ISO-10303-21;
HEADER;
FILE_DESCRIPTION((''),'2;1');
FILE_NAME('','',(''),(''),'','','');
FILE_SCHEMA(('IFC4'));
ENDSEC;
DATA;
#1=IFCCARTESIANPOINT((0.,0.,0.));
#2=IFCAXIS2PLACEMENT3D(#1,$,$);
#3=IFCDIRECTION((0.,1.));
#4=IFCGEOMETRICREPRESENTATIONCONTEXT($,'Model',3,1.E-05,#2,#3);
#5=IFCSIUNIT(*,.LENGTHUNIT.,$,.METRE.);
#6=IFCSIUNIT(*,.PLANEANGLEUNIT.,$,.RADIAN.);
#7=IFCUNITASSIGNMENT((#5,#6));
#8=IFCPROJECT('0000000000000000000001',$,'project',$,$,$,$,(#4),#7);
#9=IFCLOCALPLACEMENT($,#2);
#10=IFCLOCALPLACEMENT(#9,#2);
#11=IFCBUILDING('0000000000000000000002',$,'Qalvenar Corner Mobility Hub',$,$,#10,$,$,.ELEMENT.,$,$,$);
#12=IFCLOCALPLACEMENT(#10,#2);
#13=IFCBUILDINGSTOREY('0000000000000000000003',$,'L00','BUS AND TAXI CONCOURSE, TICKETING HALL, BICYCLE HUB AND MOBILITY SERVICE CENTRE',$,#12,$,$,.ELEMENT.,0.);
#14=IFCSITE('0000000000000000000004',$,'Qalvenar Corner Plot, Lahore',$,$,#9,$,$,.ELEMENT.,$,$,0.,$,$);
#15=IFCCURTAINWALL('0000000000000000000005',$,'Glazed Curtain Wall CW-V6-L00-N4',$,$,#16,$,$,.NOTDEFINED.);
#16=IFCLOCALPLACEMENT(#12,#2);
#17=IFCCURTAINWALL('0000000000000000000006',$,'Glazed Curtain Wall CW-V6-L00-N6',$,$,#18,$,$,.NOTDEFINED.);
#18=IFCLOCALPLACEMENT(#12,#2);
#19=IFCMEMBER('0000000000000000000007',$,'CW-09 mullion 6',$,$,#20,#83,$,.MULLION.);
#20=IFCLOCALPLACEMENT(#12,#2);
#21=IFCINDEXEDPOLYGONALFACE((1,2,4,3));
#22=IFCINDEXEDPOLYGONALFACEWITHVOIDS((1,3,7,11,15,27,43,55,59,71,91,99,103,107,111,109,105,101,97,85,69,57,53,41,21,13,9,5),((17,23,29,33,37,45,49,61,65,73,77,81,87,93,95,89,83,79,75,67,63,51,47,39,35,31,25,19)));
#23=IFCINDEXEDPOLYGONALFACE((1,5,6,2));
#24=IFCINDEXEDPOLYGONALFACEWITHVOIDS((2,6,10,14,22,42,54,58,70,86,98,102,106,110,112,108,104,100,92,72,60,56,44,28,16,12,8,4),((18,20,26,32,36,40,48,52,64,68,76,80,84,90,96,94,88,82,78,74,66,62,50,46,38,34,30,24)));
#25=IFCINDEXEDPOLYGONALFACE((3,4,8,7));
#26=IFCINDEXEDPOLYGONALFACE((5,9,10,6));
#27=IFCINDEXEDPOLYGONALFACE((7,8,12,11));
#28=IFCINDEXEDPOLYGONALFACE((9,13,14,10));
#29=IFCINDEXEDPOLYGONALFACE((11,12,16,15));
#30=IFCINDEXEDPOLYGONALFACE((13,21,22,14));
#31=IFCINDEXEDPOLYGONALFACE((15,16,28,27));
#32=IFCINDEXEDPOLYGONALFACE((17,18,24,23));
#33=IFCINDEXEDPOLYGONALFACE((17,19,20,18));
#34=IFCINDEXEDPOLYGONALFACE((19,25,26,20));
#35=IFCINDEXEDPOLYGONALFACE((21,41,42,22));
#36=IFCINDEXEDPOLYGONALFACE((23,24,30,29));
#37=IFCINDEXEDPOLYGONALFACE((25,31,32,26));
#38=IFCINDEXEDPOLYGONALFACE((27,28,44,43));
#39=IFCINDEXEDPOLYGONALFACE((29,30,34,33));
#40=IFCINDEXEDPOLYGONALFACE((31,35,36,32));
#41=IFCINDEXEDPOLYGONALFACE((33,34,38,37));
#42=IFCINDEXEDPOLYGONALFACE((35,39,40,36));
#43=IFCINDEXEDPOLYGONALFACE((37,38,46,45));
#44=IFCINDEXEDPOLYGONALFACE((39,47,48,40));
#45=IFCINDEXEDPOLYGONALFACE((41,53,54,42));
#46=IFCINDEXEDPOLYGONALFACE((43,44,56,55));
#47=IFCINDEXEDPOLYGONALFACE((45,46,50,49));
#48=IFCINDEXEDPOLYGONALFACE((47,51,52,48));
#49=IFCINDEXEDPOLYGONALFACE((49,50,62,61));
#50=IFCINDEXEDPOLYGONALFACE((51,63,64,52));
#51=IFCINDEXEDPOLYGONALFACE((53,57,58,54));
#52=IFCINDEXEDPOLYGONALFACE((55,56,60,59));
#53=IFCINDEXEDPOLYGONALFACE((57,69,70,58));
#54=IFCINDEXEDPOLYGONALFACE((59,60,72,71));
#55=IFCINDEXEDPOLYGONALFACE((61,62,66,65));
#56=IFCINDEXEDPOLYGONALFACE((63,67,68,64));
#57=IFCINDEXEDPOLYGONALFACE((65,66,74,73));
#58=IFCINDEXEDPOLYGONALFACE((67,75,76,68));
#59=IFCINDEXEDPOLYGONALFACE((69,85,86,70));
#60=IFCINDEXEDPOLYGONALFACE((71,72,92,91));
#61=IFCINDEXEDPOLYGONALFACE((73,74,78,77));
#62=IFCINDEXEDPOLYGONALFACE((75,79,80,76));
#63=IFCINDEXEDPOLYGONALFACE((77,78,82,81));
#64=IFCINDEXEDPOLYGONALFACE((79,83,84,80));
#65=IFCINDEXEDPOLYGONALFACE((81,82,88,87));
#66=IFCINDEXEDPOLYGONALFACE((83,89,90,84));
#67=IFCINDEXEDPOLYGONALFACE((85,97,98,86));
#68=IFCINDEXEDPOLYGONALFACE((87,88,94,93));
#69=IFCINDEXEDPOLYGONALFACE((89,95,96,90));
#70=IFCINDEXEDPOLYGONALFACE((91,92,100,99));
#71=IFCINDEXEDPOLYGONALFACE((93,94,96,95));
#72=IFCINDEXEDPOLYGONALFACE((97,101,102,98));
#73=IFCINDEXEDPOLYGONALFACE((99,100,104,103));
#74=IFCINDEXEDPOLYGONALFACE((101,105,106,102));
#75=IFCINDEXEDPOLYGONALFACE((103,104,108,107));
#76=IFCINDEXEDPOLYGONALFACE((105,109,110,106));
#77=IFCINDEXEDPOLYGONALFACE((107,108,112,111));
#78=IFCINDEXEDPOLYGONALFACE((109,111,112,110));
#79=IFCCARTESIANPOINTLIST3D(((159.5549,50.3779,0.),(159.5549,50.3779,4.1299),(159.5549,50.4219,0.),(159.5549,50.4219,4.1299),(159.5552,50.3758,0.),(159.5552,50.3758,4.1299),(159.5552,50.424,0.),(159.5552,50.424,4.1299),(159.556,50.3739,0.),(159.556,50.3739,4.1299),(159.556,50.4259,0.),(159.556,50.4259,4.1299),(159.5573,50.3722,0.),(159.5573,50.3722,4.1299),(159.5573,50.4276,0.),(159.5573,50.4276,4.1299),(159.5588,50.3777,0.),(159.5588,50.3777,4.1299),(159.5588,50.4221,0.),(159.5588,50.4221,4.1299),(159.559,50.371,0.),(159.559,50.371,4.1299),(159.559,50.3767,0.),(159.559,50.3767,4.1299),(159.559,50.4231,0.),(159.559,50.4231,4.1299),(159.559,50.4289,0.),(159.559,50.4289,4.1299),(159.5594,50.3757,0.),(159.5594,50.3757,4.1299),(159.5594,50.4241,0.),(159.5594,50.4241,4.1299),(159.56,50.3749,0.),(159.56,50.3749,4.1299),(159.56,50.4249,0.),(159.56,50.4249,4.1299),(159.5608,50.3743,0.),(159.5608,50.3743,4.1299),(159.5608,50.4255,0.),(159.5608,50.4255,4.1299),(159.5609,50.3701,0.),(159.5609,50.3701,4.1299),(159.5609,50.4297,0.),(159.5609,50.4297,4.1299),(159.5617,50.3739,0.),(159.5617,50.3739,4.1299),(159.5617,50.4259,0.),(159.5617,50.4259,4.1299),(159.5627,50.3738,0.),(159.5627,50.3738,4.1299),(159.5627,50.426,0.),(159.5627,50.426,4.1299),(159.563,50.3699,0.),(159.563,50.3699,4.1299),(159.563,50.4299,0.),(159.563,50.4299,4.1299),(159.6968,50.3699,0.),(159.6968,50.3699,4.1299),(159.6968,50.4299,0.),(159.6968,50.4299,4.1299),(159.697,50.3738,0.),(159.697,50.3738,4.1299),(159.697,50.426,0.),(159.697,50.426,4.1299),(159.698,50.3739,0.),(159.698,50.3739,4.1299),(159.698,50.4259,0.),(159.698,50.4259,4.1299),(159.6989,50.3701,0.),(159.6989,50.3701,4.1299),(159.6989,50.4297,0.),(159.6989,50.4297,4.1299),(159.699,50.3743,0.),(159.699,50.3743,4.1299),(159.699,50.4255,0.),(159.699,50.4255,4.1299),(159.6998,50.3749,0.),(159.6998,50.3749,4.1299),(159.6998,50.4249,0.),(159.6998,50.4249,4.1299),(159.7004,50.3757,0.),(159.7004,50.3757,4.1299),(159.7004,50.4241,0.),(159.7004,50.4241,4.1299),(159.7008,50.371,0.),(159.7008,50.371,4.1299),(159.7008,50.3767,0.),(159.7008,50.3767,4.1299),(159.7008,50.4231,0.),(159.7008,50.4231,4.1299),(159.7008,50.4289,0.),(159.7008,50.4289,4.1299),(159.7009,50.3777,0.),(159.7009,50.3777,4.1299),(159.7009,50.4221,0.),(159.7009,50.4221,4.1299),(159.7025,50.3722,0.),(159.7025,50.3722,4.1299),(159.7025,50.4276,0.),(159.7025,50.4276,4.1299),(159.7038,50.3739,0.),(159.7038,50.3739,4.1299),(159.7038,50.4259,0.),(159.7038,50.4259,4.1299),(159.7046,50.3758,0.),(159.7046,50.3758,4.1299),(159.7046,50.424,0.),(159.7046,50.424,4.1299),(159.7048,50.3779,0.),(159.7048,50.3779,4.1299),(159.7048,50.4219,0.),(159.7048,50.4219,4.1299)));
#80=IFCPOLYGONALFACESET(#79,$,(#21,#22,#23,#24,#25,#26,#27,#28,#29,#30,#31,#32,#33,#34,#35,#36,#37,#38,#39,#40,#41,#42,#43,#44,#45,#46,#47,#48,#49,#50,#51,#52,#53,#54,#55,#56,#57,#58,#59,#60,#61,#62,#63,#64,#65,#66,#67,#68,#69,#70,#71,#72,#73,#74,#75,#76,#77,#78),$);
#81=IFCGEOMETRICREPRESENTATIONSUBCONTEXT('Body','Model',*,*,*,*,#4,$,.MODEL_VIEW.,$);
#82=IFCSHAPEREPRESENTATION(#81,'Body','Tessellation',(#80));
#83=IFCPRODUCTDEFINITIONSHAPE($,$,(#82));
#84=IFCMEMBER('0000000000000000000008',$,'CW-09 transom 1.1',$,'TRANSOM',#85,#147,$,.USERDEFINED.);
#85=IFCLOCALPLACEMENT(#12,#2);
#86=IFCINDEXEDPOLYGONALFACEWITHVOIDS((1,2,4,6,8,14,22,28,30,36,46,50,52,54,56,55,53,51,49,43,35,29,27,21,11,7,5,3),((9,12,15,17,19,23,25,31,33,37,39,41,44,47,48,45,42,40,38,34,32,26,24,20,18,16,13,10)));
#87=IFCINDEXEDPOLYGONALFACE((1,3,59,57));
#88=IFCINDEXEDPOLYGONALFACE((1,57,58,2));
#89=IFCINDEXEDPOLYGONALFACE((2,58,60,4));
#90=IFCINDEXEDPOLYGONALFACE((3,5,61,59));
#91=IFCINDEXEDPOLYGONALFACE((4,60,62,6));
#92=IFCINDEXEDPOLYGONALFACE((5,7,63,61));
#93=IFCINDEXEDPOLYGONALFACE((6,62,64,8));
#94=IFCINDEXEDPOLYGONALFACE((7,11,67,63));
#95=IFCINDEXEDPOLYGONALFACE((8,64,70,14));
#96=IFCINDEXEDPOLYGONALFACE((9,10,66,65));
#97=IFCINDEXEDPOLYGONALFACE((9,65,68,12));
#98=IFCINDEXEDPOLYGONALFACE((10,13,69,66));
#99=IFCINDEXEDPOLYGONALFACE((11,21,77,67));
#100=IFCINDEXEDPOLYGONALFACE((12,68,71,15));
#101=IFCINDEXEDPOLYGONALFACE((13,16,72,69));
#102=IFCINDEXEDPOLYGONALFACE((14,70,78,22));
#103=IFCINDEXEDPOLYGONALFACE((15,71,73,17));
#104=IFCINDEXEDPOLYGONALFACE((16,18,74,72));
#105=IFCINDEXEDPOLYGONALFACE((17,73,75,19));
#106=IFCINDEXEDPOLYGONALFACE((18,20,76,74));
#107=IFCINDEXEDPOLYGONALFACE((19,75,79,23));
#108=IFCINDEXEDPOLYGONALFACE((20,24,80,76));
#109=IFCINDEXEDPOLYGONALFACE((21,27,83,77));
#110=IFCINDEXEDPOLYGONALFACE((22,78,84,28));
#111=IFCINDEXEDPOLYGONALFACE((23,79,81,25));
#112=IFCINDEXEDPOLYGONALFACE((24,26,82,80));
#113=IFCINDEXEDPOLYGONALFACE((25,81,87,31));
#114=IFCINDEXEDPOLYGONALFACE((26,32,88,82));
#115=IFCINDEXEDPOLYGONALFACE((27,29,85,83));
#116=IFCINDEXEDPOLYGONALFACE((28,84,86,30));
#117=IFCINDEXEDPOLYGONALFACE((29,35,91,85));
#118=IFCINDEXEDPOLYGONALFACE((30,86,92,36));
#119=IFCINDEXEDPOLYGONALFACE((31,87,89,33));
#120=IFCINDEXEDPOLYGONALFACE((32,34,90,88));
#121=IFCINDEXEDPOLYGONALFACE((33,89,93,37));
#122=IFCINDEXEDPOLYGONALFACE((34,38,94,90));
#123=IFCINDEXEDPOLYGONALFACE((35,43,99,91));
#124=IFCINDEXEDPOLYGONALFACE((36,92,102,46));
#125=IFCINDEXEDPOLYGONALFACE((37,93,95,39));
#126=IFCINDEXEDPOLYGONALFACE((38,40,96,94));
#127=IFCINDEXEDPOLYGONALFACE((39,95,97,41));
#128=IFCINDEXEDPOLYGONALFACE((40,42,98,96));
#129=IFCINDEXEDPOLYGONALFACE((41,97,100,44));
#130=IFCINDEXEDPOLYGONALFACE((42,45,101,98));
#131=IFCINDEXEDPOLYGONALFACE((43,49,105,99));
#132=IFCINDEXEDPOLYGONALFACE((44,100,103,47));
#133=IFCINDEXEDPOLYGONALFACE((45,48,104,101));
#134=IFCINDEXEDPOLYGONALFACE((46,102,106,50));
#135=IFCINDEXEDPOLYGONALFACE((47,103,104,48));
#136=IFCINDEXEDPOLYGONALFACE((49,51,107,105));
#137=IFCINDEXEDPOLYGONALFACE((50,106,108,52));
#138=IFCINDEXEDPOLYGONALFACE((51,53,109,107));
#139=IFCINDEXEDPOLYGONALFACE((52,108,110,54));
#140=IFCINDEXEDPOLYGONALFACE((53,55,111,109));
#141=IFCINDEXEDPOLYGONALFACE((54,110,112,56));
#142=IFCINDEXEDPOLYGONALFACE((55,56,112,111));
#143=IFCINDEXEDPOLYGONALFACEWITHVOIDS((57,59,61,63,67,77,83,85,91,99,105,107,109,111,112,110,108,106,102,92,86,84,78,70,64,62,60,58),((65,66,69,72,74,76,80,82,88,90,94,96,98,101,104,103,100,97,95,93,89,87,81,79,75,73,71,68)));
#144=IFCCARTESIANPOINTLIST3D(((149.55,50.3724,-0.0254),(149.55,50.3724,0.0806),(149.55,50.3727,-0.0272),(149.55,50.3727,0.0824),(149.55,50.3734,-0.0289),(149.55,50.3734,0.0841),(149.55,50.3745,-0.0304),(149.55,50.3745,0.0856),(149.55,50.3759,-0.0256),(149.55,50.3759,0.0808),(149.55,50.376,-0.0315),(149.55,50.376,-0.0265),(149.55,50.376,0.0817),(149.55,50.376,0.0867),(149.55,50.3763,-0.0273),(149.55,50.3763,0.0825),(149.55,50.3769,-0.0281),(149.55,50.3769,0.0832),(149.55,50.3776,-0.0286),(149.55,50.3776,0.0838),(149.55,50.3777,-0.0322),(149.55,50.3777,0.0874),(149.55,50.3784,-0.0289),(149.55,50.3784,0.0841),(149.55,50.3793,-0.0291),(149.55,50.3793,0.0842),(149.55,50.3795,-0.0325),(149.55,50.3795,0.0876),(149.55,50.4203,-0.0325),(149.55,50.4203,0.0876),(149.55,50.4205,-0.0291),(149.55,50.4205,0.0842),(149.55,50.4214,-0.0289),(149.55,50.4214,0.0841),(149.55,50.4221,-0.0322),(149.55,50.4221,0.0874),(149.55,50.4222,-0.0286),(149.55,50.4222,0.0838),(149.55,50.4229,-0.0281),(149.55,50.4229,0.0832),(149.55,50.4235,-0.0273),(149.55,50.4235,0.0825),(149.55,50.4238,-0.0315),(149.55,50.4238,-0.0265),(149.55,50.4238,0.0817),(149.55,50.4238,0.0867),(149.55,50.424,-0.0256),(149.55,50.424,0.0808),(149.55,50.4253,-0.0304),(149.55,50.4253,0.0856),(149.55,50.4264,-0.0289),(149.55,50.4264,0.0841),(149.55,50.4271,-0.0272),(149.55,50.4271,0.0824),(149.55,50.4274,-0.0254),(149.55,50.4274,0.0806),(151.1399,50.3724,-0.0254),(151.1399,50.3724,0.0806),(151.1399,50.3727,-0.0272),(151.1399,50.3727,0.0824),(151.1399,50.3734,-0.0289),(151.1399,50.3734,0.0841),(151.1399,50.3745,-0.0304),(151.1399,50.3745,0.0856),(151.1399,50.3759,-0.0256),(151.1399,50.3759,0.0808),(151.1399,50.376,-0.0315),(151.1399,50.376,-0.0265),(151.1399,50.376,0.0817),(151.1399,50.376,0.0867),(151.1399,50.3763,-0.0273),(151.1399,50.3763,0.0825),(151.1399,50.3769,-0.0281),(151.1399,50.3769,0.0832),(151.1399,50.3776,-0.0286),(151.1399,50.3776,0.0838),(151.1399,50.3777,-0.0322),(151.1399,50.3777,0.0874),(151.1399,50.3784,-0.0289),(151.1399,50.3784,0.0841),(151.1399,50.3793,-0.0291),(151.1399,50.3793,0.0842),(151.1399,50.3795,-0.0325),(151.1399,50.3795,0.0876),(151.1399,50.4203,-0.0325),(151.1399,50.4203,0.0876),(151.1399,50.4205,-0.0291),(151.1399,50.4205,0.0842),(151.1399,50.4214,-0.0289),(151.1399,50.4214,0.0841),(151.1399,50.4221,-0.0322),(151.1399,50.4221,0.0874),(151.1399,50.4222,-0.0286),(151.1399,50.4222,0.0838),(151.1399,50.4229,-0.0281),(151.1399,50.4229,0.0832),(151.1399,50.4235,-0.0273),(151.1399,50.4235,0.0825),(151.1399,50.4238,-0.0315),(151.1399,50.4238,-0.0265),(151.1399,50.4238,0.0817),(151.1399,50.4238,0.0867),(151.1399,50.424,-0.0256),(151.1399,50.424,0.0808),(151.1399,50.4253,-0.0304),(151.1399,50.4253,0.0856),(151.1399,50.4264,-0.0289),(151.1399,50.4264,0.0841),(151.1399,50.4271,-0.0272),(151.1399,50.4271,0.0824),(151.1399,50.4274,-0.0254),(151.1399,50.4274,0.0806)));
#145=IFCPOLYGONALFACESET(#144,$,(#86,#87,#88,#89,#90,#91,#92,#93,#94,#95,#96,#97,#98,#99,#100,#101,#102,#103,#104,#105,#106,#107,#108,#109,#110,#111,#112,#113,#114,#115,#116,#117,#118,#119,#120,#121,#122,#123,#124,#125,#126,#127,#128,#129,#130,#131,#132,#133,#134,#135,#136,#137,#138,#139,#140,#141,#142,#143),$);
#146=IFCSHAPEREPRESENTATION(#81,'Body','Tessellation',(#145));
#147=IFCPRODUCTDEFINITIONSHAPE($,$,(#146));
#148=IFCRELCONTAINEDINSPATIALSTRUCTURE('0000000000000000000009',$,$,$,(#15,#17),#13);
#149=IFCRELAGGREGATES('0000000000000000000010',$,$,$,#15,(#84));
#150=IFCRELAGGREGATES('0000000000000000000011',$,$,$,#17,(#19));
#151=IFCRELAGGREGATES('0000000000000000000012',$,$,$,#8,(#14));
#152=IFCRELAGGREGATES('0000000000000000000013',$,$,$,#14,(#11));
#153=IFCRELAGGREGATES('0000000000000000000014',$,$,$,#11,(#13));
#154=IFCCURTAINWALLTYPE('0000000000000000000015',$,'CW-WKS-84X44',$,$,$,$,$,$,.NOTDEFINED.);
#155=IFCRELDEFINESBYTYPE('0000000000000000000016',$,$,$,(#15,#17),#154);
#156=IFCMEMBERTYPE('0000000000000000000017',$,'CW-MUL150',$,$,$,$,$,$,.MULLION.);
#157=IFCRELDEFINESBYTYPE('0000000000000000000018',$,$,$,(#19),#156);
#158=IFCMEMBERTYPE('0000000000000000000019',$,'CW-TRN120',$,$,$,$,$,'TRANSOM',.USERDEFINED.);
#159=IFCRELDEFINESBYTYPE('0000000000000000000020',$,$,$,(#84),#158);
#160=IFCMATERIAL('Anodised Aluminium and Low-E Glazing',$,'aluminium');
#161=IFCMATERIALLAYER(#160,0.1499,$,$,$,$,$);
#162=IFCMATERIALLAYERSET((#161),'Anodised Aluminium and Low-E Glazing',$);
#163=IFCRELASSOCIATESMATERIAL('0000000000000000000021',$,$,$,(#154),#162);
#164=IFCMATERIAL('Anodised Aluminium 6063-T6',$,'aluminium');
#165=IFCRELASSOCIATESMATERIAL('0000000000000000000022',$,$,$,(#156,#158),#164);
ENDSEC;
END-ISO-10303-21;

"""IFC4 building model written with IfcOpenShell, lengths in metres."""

from ifc_helpers import new_model, si_unit, direction, frame, origin, origin_2d, place, context, subcontext, project, spatial, hollow_rectangle, extrude, material, layer, layer_set, material_profile, profile_set, type_object, element, aggregate, save


model = new_model("IFC4")

# Units and contexts
model_context = context("Model", 3, precision=1e-05, world=origin(), true_north=direction((0.0, 1.0)))
body_context = subcontext(model_context, "Body", "Model", "MODEL_VIEW")
ifc_project = project(units=[si_unit("LENGTHUNIT", "METRE"), si_unit("PLANEANGLEUNIT", "RADIAN")], contexts=[model_context])

# Site, building, storey
site_placement = place(None, origin())
site = spatial("IfcSite", under=ifc_project, at=site_placement, Name="Qalvenar Corner Plot, Lahore", CompositionType="ELEMENT", RefElevation=0.0)
building_placement = place(site_placement, origin())
building = spatial("IfcBuilding", under=site, at=building_placement, Name="Qalvenar Corner Mobility Hub", CompositionType="ELEMENT")
storey_placement = place(building_placement, origin())
storey = spatial("IfcBuildingStorey", under=building, at=storey_placement, Name="L00", Description="BUS AND TAXI CONCOURSE, TICKETING HALL, BICYCLE HUB AND MOBILITY SERVICE CENTRE", CompositionType="ELEMENT", Elevation=0.0)

# Curtain wall
ifc_material_1 = material(Name="Anodised Aluminium and Low-E Glazing", Category="aluminium")
ifc_layer_1 = layer(ifc_material_1, 0.1499)
ifc_layer_set_1 = layer_set([ifc_layer_1], Name="Anodised Aluminium and Low-E Glazing")
curtain_wall_type = type_object("IfcCurtainWallType", Name="CW-WKS-84X44", PredefinedType="NOTDEFINED", material=ifc_layer_set_1)
curtain_wall_1_placement = place(storey_placement, origin())
curtain_wall_1 = element("IfcCurtainWall", 1, at=curtain_wall_1_placement, inside=storey, type_object=curtain_wall_type, Name="Glazed Curtain Wall CW-V6-L00-N4", PredefinedType="NOTDEFINED")
ifc_material_2 = material(Name="Anodised Aluminium 6063-T6", Category="aluminium")
ifc_material_profile_1 = material_profile(ifc_material_2, hollow_rectangle(XDim=0.0601, YDim=0.1499, WallThickness=0.0039, InnerFilletRadius=0.0039, OuterFilletRadius=0.0081, at=origin_2d()), Name="RHS150x60x4")
ifc_profile_set_1 = profile_set([ifc_material_profile_1], Name="Anodised Aluminium 6063-T6")
member_type_1 = type_object("IfcMemberType", Name="CW-MUL150", PredefinedType="MULLION", material=ifc_profile_set_1)

# Curtain wall, member
curtain_wall_2_placement = place(storey_placement, origin())
curtain_wall_2 = element("IfcCurtainWall", 2, at=curtain_wall_2_placement, inside=storey, type_object=curtain_wall_type, Name="Glazed Curtain Wall CW-V6-L00-N6", PredefinedType="NOTDEFINED")
member_1_placement = place(storey_placement, frame((159.6299, 50.3999, 0.0), z_axis=(0.0, 0.0, 1.0), x_axis=(0.0, -1.0, 0.0)))
member_1 = element("IfcMember", 3, at=member_1_placement, type_object=member_type_1, Name="CW-09 mullion 6", PredefinedType="MULLION", context=body_context, shape_type="SweptSolid", body=[
    extrude(hollow_rectangle(XDim=0.0601, YDim=0.1499, WallThickness=0.0039, InnerFilletRadius=0.0039, OuterFilletRadius=0.0081, at=origin_2d()), origin(), (0.0, 0.0, 1.0), 4.1299),
])

# Member
ifc_material_profile_2 = material_profile(ifc_material_2, hollow_rectangle(XDim=0.0549, YDim=0.1201, WallThickness=0.0034, InnerFilletRadius=0.0034, OuterFilletRadius=0.0071, at=origin_2d()), Name="RHS120x55x3.5")
ifc_profile_set_2 = profile_set([ifc_material_profile_2], Name="Anodised Aluminium 6063-T6")
member_type_2 = type_object("IfcMemberType", Name="CW-TRN120", ElementType="TRANSOM", PredefinedType="USERDEFINED", material=ifc_profile_set_2)
member_2_placement = place(storey_placement, frame((151.1399, 50.3999, 0.0276), z_axis=(-1.0, 0.0, 0.0), x_axis=(0.0, -1.0, 0.0)))
member_2 = element("IfcMember", 4, at=member_2_placement, type_object=member_type_2, Name="CW-09 transom 1.1", ObjectType="TRANSOM", PredefinedType="USERDEFINED", context=body_context, shape_type="SweptSolid", body=[
    extrude(hollow_rectangle(XDim=0.0549, YDim=0.1201, WallThickness=0.0034, InnerFilletRadius=0.0034, OuterFilletRadius=0.0071, at=origin_2d()), origin(), (0.0, 0.0, 1.0), 1.5898),
])

aggregate(curtain_wall_1, [member_2])
aggregate(curtain_wall_2, [member_1])

save(model, "model.ifc")
